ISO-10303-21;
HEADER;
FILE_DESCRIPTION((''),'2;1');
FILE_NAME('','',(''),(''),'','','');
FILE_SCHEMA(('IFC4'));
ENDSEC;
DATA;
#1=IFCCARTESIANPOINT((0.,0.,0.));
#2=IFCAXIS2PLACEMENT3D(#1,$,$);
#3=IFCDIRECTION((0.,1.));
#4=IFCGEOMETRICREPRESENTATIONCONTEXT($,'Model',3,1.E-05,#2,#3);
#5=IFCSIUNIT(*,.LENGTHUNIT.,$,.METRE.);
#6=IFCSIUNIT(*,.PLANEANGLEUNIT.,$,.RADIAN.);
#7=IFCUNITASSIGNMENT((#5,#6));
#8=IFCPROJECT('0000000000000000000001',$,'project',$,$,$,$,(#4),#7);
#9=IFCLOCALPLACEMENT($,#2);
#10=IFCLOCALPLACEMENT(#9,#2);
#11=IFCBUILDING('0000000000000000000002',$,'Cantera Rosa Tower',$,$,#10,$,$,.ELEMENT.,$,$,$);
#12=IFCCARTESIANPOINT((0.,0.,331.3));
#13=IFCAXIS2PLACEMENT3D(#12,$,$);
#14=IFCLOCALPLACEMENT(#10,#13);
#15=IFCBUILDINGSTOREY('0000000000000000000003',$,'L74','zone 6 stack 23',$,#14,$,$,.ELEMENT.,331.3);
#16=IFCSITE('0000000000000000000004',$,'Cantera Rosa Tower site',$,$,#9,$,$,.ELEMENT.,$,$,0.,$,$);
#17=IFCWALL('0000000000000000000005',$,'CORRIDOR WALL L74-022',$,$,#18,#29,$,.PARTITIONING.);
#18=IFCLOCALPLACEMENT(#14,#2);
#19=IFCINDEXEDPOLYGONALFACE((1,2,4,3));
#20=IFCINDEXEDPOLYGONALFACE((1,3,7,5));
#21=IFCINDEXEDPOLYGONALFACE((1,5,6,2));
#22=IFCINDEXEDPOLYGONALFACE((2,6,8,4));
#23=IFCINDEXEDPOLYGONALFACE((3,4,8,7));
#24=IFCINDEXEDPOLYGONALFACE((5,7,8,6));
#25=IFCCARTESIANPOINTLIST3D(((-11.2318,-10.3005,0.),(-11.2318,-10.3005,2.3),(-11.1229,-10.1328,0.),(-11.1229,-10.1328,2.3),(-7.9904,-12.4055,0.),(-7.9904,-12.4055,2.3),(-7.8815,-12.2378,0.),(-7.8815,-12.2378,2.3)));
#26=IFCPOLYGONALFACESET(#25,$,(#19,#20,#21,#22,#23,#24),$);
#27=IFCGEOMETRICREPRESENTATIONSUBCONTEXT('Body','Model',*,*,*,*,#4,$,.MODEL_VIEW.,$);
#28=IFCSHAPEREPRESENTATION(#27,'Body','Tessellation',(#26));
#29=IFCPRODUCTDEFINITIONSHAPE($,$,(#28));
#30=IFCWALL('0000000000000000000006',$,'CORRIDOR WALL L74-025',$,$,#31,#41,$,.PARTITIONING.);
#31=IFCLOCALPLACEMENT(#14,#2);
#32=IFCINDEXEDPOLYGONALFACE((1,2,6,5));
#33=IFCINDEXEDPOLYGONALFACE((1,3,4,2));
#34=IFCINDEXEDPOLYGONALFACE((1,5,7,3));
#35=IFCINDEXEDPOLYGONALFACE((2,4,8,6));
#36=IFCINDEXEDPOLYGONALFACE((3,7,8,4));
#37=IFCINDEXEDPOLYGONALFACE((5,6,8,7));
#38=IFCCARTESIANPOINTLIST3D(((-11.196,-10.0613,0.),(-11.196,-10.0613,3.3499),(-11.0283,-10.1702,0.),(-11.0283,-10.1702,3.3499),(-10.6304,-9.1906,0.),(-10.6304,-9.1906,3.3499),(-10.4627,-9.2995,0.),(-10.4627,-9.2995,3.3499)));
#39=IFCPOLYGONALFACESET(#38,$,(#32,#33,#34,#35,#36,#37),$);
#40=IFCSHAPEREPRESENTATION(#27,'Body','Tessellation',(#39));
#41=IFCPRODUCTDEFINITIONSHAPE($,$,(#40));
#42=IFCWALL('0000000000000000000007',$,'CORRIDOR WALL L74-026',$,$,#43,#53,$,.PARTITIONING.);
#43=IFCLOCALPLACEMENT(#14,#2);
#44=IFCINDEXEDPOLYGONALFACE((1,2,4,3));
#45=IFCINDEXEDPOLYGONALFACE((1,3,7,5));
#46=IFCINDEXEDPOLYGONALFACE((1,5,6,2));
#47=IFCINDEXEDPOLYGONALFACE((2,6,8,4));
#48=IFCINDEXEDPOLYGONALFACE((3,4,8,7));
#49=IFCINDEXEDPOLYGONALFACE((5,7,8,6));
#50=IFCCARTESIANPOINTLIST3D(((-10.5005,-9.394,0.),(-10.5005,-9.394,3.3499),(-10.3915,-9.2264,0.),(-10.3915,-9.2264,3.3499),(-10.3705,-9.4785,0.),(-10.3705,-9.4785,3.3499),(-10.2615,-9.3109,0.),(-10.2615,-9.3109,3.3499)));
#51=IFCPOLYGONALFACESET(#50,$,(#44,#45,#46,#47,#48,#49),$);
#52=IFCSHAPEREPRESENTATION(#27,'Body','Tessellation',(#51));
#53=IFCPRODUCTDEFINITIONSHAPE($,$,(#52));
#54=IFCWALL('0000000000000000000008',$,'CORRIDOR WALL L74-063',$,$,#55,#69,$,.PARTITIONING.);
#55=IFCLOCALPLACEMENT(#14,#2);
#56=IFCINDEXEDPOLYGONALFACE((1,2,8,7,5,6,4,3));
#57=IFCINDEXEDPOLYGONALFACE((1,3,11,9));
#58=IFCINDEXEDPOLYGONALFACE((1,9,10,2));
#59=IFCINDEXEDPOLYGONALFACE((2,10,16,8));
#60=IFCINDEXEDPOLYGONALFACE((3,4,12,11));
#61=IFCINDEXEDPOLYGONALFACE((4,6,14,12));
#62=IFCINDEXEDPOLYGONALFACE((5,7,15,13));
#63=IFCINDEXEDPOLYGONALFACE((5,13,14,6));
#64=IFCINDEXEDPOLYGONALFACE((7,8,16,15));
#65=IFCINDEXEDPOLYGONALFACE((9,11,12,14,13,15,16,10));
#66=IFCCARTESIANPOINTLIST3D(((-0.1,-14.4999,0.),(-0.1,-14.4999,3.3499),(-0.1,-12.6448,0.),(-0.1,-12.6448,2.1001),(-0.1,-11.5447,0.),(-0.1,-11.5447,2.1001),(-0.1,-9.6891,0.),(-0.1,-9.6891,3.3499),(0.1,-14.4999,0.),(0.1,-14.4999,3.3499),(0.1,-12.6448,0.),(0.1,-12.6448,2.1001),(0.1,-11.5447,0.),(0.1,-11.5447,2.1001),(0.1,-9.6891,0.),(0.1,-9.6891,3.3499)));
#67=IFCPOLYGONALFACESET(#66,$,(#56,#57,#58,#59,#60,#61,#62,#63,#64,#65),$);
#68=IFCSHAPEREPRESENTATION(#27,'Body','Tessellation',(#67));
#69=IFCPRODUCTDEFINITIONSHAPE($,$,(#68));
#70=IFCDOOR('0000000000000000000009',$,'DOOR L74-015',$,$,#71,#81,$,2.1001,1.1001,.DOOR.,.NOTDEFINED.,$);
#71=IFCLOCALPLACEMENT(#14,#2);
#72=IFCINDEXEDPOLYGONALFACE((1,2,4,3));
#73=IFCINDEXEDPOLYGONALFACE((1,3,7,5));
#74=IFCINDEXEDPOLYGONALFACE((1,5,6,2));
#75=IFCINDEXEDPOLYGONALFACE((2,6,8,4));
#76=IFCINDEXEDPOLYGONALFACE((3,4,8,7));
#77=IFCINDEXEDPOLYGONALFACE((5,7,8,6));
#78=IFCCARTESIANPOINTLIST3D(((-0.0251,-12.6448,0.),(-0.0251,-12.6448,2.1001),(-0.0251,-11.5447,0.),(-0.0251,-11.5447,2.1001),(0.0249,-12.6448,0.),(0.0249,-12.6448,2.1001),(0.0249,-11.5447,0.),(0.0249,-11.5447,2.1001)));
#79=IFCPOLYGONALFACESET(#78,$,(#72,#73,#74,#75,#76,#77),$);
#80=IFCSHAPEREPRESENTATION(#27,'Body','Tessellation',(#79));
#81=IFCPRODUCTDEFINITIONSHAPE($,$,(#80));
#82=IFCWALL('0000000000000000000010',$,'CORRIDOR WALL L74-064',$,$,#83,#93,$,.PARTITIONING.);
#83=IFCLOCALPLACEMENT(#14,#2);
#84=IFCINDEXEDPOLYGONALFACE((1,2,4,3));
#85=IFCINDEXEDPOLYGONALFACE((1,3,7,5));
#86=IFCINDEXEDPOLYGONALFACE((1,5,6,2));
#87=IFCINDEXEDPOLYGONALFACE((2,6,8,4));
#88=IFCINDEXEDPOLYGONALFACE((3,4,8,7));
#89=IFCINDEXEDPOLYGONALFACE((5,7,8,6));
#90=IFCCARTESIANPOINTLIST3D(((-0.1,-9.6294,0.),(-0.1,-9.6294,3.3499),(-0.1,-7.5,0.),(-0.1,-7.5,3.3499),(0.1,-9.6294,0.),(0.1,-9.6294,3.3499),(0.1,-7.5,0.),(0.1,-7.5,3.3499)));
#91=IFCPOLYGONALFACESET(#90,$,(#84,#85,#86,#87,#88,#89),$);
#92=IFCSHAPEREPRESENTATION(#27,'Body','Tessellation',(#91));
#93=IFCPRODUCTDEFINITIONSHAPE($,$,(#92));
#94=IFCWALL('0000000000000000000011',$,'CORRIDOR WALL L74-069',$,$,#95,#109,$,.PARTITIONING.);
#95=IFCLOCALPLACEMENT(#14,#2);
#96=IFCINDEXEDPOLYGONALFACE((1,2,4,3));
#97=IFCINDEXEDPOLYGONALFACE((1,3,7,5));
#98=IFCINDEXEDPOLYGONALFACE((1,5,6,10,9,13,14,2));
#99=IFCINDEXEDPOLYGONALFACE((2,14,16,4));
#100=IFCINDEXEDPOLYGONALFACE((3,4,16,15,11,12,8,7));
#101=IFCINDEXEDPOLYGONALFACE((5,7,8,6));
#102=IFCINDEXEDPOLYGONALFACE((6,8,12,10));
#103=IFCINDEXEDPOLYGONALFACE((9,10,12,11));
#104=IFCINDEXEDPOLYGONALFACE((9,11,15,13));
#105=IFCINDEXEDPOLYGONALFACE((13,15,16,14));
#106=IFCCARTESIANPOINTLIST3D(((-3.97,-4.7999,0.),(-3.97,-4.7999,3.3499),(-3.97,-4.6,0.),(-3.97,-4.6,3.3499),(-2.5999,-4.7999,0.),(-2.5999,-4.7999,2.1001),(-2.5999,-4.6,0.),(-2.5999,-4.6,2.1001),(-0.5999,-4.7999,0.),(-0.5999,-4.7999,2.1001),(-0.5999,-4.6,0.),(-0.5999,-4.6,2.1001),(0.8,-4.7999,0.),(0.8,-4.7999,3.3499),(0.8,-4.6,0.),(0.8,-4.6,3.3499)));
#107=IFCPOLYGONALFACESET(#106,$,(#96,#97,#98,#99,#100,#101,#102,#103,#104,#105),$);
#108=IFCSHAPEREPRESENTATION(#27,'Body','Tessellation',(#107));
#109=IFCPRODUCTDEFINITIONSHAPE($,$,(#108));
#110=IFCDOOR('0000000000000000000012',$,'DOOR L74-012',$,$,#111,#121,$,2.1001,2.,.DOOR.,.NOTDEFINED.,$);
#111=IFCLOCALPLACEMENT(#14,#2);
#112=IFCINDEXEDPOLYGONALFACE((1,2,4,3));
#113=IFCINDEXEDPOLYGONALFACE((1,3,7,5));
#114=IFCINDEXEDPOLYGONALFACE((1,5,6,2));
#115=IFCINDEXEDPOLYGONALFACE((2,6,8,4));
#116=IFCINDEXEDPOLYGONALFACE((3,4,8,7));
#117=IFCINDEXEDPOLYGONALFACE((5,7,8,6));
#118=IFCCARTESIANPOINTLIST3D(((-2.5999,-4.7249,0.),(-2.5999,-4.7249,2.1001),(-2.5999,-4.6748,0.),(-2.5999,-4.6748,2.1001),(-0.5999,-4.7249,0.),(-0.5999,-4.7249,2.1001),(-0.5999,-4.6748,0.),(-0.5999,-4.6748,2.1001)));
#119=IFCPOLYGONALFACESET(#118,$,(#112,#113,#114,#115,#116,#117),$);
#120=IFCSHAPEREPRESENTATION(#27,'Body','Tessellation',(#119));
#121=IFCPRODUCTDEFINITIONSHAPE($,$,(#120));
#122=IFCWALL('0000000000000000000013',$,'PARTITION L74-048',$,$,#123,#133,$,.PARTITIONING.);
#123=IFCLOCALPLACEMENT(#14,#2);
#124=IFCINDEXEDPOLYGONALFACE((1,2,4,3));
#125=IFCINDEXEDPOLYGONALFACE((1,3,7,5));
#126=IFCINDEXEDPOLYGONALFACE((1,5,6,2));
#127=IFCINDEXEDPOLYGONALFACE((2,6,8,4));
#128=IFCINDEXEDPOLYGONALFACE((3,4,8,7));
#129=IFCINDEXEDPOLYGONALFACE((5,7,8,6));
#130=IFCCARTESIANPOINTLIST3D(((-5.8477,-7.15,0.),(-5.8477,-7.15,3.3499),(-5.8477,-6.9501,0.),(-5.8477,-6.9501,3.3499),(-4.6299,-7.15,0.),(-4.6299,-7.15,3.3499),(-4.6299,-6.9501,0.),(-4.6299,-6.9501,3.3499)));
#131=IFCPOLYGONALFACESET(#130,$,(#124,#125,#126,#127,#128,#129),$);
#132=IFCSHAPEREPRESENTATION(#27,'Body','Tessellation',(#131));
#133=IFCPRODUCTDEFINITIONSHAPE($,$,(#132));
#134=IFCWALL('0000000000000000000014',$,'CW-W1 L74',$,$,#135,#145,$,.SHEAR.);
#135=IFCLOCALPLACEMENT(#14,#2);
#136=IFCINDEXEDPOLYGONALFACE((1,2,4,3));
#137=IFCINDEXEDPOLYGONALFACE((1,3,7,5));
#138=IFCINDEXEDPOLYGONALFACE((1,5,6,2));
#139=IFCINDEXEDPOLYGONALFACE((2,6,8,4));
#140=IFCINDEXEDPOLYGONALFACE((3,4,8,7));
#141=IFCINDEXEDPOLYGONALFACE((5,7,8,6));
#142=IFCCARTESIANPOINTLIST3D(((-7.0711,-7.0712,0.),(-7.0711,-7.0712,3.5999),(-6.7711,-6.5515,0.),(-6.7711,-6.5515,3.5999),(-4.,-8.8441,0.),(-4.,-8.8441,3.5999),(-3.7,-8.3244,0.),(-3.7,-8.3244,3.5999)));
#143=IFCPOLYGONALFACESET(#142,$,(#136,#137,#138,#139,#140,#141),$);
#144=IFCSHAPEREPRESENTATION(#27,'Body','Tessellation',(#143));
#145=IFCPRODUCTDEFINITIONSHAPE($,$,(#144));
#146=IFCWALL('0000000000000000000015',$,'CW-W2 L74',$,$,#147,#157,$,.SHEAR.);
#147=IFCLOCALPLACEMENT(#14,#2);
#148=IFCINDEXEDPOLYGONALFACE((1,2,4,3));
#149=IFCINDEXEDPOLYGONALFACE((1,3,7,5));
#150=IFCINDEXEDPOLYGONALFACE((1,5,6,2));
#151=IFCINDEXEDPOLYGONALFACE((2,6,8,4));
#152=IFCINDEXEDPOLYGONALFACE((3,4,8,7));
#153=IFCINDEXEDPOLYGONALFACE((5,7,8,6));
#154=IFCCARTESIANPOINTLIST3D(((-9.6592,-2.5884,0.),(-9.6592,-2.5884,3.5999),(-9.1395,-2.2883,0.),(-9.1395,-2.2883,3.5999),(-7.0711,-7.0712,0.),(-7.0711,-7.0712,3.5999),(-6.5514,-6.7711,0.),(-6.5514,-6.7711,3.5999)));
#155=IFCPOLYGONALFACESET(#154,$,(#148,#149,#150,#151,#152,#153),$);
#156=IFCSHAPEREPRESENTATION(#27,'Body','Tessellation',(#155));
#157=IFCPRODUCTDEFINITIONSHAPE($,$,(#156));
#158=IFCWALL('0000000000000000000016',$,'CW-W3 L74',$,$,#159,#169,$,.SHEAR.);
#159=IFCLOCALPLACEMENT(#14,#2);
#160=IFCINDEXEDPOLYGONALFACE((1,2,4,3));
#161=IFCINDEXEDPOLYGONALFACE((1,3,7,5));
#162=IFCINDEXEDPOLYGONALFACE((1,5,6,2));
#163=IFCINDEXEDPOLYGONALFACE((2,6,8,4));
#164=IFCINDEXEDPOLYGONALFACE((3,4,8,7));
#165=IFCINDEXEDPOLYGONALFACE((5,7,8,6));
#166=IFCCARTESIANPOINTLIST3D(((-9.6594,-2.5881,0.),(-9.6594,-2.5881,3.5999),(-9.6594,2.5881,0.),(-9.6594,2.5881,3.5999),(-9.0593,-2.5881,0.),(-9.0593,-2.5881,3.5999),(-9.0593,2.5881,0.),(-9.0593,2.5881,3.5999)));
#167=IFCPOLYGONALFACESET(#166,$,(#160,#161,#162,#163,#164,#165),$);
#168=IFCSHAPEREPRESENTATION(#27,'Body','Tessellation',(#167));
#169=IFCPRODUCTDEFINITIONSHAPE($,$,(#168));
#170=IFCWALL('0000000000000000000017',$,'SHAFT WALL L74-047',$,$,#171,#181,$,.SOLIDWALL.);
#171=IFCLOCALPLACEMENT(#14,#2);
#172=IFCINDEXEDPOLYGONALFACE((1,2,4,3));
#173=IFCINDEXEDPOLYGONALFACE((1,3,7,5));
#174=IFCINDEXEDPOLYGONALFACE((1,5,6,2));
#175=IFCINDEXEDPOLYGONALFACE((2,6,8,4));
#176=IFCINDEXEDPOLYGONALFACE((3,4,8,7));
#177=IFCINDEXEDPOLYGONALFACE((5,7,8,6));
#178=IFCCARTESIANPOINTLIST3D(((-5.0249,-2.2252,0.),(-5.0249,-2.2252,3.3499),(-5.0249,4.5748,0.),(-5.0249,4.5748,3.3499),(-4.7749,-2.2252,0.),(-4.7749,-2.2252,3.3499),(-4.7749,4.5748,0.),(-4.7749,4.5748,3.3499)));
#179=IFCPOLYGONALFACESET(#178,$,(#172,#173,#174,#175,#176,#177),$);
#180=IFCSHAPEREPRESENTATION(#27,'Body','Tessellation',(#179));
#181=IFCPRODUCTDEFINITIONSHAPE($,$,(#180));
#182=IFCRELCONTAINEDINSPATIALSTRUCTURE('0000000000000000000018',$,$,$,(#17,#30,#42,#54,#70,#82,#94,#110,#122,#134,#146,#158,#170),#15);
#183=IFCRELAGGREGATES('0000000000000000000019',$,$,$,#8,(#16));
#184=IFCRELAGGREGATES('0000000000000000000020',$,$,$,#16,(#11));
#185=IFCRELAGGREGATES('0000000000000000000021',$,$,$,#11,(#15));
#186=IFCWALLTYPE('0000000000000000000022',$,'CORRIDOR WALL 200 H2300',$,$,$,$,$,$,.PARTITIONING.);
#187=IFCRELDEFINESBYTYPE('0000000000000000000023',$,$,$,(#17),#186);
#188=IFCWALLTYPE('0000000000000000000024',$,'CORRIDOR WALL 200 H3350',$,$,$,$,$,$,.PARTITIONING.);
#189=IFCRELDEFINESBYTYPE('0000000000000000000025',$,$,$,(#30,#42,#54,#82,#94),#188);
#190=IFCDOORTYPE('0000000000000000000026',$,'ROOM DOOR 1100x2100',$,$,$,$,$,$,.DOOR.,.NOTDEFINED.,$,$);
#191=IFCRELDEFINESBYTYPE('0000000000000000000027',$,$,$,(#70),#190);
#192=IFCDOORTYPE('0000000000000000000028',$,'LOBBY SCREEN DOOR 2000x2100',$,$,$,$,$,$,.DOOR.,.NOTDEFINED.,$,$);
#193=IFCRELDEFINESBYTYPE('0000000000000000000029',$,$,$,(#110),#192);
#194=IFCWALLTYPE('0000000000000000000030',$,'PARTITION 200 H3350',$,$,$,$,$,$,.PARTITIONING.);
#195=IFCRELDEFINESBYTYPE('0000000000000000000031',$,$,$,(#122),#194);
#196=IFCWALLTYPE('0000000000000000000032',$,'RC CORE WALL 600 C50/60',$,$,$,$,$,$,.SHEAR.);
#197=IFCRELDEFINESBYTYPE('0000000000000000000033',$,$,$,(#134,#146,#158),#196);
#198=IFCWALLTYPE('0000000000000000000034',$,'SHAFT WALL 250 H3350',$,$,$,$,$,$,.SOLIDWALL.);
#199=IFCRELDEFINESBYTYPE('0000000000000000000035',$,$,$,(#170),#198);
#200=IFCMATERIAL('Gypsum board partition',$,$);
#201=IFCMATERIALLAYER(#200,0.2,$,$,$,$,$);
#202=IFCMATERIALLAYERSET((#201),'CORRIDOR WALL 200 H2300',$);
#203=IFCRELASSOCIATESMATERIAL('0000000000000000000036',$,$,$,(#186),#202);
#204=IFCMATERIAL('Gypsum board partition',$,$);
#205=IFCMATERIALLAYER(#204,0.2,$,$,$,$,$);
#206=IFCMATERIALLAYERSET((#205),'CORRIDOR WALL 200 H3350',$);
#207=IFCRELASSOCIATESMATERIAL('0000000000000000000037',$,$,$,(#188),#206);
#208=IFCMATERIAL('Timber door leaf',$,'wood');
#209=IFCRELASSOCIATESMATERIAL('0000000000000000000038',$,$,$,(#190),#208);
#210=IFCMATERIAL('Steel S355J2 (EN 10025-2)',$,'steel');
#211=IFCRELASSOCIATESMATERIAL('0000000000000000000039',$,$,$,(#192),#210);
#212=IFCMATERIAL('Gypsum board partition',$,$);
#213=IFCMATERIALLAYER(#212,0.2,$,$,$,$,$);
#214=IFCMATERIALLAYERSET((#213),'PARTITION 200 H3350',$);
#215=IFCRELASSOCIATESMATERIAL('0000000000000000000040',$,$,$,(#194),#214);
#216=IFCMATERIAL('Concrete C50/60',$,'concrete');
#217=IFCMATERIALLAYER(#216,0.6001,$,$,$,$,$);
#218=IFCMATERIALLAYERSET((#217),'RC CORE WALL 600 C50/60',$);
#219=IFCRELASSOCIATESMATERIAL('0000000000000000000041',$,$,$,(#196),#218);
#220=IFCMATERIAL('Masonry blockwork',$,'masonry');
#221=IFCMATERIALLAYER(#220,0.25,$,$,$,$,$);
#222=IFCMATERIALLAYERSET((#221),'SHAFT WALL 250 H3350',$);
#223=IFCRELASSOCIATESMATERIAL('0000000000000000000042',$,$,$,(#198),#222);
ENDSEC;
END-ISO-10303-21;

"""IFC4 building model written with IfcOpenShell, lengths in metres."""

from ifc_helpers import new_model, si_unit, direction, frame, frame_2d, origin, place, context, subcontext, project, spatial, rectangle, extrude, material, layer, layer_set, type_object, element, fill, save


model = new_model("IFC4")

# Units and contexts
model_context = context("Model", 3, precision=1e-05, world=origin(), true_north=direction((0.0, 1.0)))
body_context = subcontext(model_context, "Body", "Model", "MODEL_VIEW")
ifc_project = project(units=[si_unit("LENGTHUNIT", "METRE"), si_unit("PLANEANGLEUNIT", "RADIAN")], contexts=[model_context])

# Site, building, storey
site_placement = place(None, origin())
site = spatial("IfcSite", under=ifc_project, at=site_placement, Name="Cantera Rosa Tower site", CompositionType="ELEMENT", RefElevation=0.0)
building_placement = place(site_placement, origin())
building = spatial("IfcBuilding", under=site, at=building_placement, Name="Cantera Rosa Tower", CompositionType="ELEMENT")
storey_placement = place(building_placement, frame((0.0, 0.0, 331.3)))
storey = spatial("IfcBuildingStorey", under=building, at=storey_placement, Name="L74", Description="zone 6 stack 23", CompositionType="ELEMENT", Elevation=331.3)

# Walls
ifc_material_1 = material(Name="Gypsum board partition")
ifc_layer_1 = layer(ifc_material_1, 0.2)
ifc_layer_set_1 = layer_set([ifc_layer_1], Name="CORRIDOR WALL 200 H2300")
wall_type_1 = type_object("IfcWallType", Name="CORRIDOR WALL 200 H2300", PredefinedType="PARTITIONING", material=ifc_layer_set_1)
wall_1_placement = place(storey_placement, frame((-11.1775, -10.2166, 0.0), z_axis=(0.0, 0.0, 1.0), x_axis=(0.838676, -0.544631, 0.0)))
element("IfcWall", 1, at=wall_1_placement, inside=storey, type_object=wall_type_1, Name="CORRIDOR WALL L74-022", PredefinedType="PARTITIONING", context=body_context, shape_type="SweptSolid", body=[
    extrude(rectangle(XDim=3.865, YDim=0.2, at=frame_2d((1.9326, 0.0))), origin(), (0.0, 0.0, 1.0), 2.3),
])
ifc_material_2 = material(Name="Gypsum board partition")
ifc_layer_2 = layer(ifc_material_2, 0.2)
ifc_layer_set_2 = layer_set([ifc_layer_2], Name="CORRIDOR WALL 200 H3350")
wall_type_2 = type_object("IfcWallType", Name="CORRIDOR WALL 200 H3350", PredefinedType="PARTITIONING", material=ifc_layer_set_2)
wall_2_placement = place(storey_placement, frame((-10.5466, -9.2451, 0.0), z_axis=(0.0, 0.0, 1.0), x_axis=(-0.544732, -0.83861, 0.0)))
element("IfcWall", 2, at=wall_2_placement, inside=storey, type_object=wall_type_2, Name="CORRIDOR WALL L74-025", PredefinedType="PARTITIONING", context=body_context, shape_type="SweptSolid", body=[
    extrude(rectangle(XDim=1.0383, YDim=0.2, at=frame_2d((0.519, 0.0))), origin(), (0.0, 0.0, 1.0), 3.3499),
])
wall_3_placement = place(storey_placement, frame((-10.3159, -9.3948, 0.0), z_axis=(0.0, 0.0, 1.0), x_axis=(-0.8383, 0.54521, 0.0)))
element("IfcWall", 3, at=wall_3_placement, inside=storey, type_object=wall_type_2, Name="CORRIDOR WALL L74-026", PredefinedType="PARTITIONING", context=body_context, shape_type="SweptSolid", body=[
    extrude(rectangle(XDim=0.155, YDim=0.2, at=frame_2d((0.0776, 0.0))), origin(), (0.0, 0.0, 1.0), 3.3499),
])

# Wall, opening, door
wall_4_placement = place(storey_placement, frame((0.0, -9.6892, 0.0), z_axis=(0.0, 0.0, 1.0), x_axis=(0.0, -1.0, 0.0)))
wall_4 = element("IfcWall", 4, at=wall_4_placement, inside=storey, type_object=wall_type_2, Name="CORRIDOR WALL L74-063", PredefinedType="PARTITIONING", context=body_context, shape_type="SweptSolid", body=[
    extrude(rectangle(XDim=4.8108, YDim=0.2, at=frame_2d((2.4053, 0.0))), origin(), (0.0, 0.0, 1.0), 3.3499),
])
opening_1_placement = place(wall_4_placement, frame((1.8555, 0.0, 0.0)))
opening_1 = element("IfcOpeningElement", 5, at=opening_1_placement, cuts=wall_4, PredefinedType="OPENING", context=body_context, shape_type="SweptSolid", body=[
    extrude(rectangle(XDim=1.1001, YDim=2.1001, at=frame_2d((0.55, 1.05))), frame((0.0, 0.1099, 0.0), z_axis=(0.0, -1.0, 0.0), x_axis=(1.0, 0.0, 0.0)), (0.0, 0.0, 1.0), 0.22),
])
ifc_material_3 = material(Name="Timber door leaf", Category="wood")
door_type_1 = type_object("IfcDoorType", Name="ROOM DOOR 1100x2100", OperationType="NOTDEFINED", PredefinedType="DOOR", material=ifc_material_3)
door_1_placement = place(opening_1_placement, origin())
door_1 = element("IfcDoor", 6, at=door_1_placement, inside=storey, type_object=door_type_1, Name="DOOR L74-015", OperationType="NOTDEFINED", OverallHeight=2.1001, OverallWidth=1.1001, PredefinedType="DOOR", context=body_context, shape_type="SweptSolid", body=[
    extrude(rectangle(XDim=1.1001, YDim=2.1001, at=frame_2d((0.55, 1.05))), frame((0.0, 0.0249, 0.0), z_axis=(0.0, -1.0, 0.0), x_axis=(1.0, 0.0, 0.0)), (0.0, 0.0, 1.0), 0.05),
])
fill(opening_1, door_1)

# Wall
wall_5_placement = place(storey_placement, frame((0.0, -7.5, 0.0), z_axis=(0.0, 0.0, 1.0), x_axis=(0.0, -1.0, 0.0)))
element("IfcWall", 7, at=wall_5_placement, inside=storey, type_object=wall_type_2, Name="CORRIDOR WALL L74-064", PredefinedType="PARTITIONING", context=body_context, shape_type="SweptSolid", body=[
    extrude(rectangle(XDim=2.1294, YDim=0.2, at=frame_2d((1.0647, 0.0))), origin(), (0.0, 0.0, 1.0), 3.3499),
])

# Wall, opening, door
wall_6_placement = place(storey_placement, frame((0.8, -4.7, 0.0), z_axis=(0.0, 0.0, 1.0), x_axis=(-1.0, 0.0, 0.0)))
wall_6 = element("IfcWall", 8, at=wall_6_placement, inside=storey, type_object=wall_type_2, Name="CORRIDOR WALL L74-069", PredefinedType="PARTITIONING", context=body_context, shape_type="SweptSolid", body=[
    extrude(rectangle(XDim=4.77, YDim=0.2, at=frame_2d((2.385, 0.0))), origin(), (0.0, 0.0, 1.0), 3.3499),
])
opening_2_placement = place(wall_6_placement, frame((1.3999, 0.0, 0.0)))
opening_2 = element("IfcOpeningElement", 9, at=opening_2_placement, cuts=wall_6, PredefinedType="OPENING", context=body_context, shape_type="SweptSolid", body=[
    extrude(rectangle(XDim=2.0, YDim=2.1001, at=frame_2d((1.0, 1.05))), frame((0.0, 0.1099, 0.0), z_axis=(0.0, -1.0, 0.0), x_axis=(1.0, 0.0, 0.0)), (0.0, 0.0, 1.0), 0.22),
])
ifc_material_4 = material(Name="Steel S355J2 (EN 10025-2)", Category="steel")
door_type_2 = type_object("IfcDoorType", Name="LOBBY SCREEN DOOR 2000x2100", OperationType="NOTDEFINED", PredefinedType="DOOR", material=ifc_material_4)
door_2_placement = place(opening_2_placement, origin())
door_2 = element("IfcDoor", 10, at=door_2_placement, inside=storey, type_object=door_type_2, Name="DOOR L74-012", OperationType="NOTDEFINED", OverallHeight=2.1001, OverallWidth=2.0, PredefinedType="DOOR", context=body_context, shape_type="SweptSolid", body=[
    extrude(rectangle(XDim=2.0, YDim=2.1001, at=frame_2d((1.0, 1.05))), frame((0.0, 0.0249, 0.0), z_axis=(0.0, -1.0, 0.0), x_axis=(1.0, 0.0, 0.0)), (0.0, 0.0, 1.0), 0.05),
])
fill(opening_2, door_2)

# Walls
ifc_material_5 = material(Name="Gypsum board partition")
ifc_layer_3 = layer(ifc_material_5, 0.2)
ifc_layer_set_3 = layer_set([ifc_layer_3], Name="PARTITION 200 H3350")
wall_type_3 = type_object("IfcWallType", Name="PARTITION 200 H3350", PredefinedType="PARTITIONING", material=ifc_layer_set_3)
wall_7_placement = place(storey_placement, frame((-4.6299, -7.05, 0.0), z_axis=(0.0, 0.0, 1.0), x_axis=(-1.0, 0.0, 0.0)))
element("IfcWall", 11, at=wall_7_placement, inside=storey, type_object=wall_type_3, Name="PARTITION L74-048", PredefinedType="PARTITIONING", context=body_context, shape_type="SweptSolid", body=[
    extrude(rectangle(XDim=1.2178, YDim=0.2, at=frame_2d((0.6089, 0.0))), origin(), (0.0, 0.0, 1.0), 3.3499),
])
ifc_material_6 = material(Name="Concrete C50/60", Category="concrete")
ifc_layer_4 = layer(ifc_material_6, 0.6001)
ifc_layer_set_4 = layer_set([ifc_layer_4], Name="RC CORE WALL 600 C50/60")
wall_type_4 = type_object("IfcWallType", Name="RC CORE WALL 600 C50/60", PredefinedType="SHEAR", material=ifc_layer_set_4)
wall_8_placement = place(storey_placement, frame((-3.8501, -8.5842, 0.0), z_axis=(0.0, 0.0, 1.0), x_axis=(-0.86604, 0.499975, 0.0)))
element("IfcWall", 12, at=wall_8_placement, inside=storey, type_object=wall_type_4, Name="CW-W1 L74", PredefinedType="SHEAR", context=body_context, shape_type="SweptSolid", body=[
    extrude(rectangle(XDim=3.5461, YDim=0.6001, at=frame_2d((1.7729, 0.0))), origin(), (0.0, 0.0, 1.0), 3.5999),
])
for number, where, z_axis, x_axis, name in (
    (13, (-6.8113, -6.9211, 0.0), (0.0, 0.0, 1.0), (-0.499989, 0.866032, 0.0), "CW-W2 L74"),
    (14, (-9.3594, -2.5881, 0.0), (0.0, 0.0, 1.0), (0.0, 1.0, 0.0), "CW-W3 L74"),
):
    element("IfcWall", number, at=place(storey_placement, frame(where, z_axis=z_axis, x_axis=x_axis)), inside=storey, type_object=wall_type_4, Name=name, PredefinedType="SHEAR", context=body_context, shape_type="SweptSolid", body=[
        extrude(rectangle(XDim=5.1763, YDim=0.6001, at=frame_2d((2.5881, 0.0))), origin(), (0.0, 0.0, 1.0), 3.5999),
    ])
ifc_material_7 = material(Name="Masonry blockwork", Category="masonry")
ifc_layer_5 = layer(ifc_material_7, 0.25)
ifc_layer_set_5 = layer_set([ifc_layer_5], Name="SHAFT WALL 250 H3350")
wall_type_5 = type_object("IfcWallType", Name="SHAFT WALL 250 H3350", PredefinedType="SOLIDWALL", material=ifc_layer_set_5)
wall_9_placement = place(storey_placement, frame((-4.8999, -2.2251, 0.0), z_axis=(0.0, 0.0, 1.0), x_axis=(0.0, 1.0, 0.0)))
element("IfcWall", 15, at=wall_9_placement, inside=storey, type_object=wall_type_5, Name="SHAFT WALL L74-047", PredefinedType="SOLIDWALL", context=body_context, shape_type="SweptSolid", body=[
    extrude(rectangle(XDim=6.8, YDim=0.25, at=frame_2d((3.3999, 0.0))), origin(), (0.0, 0.0, 1.0), 3.3499),
])

save(model, "model.ifc")
